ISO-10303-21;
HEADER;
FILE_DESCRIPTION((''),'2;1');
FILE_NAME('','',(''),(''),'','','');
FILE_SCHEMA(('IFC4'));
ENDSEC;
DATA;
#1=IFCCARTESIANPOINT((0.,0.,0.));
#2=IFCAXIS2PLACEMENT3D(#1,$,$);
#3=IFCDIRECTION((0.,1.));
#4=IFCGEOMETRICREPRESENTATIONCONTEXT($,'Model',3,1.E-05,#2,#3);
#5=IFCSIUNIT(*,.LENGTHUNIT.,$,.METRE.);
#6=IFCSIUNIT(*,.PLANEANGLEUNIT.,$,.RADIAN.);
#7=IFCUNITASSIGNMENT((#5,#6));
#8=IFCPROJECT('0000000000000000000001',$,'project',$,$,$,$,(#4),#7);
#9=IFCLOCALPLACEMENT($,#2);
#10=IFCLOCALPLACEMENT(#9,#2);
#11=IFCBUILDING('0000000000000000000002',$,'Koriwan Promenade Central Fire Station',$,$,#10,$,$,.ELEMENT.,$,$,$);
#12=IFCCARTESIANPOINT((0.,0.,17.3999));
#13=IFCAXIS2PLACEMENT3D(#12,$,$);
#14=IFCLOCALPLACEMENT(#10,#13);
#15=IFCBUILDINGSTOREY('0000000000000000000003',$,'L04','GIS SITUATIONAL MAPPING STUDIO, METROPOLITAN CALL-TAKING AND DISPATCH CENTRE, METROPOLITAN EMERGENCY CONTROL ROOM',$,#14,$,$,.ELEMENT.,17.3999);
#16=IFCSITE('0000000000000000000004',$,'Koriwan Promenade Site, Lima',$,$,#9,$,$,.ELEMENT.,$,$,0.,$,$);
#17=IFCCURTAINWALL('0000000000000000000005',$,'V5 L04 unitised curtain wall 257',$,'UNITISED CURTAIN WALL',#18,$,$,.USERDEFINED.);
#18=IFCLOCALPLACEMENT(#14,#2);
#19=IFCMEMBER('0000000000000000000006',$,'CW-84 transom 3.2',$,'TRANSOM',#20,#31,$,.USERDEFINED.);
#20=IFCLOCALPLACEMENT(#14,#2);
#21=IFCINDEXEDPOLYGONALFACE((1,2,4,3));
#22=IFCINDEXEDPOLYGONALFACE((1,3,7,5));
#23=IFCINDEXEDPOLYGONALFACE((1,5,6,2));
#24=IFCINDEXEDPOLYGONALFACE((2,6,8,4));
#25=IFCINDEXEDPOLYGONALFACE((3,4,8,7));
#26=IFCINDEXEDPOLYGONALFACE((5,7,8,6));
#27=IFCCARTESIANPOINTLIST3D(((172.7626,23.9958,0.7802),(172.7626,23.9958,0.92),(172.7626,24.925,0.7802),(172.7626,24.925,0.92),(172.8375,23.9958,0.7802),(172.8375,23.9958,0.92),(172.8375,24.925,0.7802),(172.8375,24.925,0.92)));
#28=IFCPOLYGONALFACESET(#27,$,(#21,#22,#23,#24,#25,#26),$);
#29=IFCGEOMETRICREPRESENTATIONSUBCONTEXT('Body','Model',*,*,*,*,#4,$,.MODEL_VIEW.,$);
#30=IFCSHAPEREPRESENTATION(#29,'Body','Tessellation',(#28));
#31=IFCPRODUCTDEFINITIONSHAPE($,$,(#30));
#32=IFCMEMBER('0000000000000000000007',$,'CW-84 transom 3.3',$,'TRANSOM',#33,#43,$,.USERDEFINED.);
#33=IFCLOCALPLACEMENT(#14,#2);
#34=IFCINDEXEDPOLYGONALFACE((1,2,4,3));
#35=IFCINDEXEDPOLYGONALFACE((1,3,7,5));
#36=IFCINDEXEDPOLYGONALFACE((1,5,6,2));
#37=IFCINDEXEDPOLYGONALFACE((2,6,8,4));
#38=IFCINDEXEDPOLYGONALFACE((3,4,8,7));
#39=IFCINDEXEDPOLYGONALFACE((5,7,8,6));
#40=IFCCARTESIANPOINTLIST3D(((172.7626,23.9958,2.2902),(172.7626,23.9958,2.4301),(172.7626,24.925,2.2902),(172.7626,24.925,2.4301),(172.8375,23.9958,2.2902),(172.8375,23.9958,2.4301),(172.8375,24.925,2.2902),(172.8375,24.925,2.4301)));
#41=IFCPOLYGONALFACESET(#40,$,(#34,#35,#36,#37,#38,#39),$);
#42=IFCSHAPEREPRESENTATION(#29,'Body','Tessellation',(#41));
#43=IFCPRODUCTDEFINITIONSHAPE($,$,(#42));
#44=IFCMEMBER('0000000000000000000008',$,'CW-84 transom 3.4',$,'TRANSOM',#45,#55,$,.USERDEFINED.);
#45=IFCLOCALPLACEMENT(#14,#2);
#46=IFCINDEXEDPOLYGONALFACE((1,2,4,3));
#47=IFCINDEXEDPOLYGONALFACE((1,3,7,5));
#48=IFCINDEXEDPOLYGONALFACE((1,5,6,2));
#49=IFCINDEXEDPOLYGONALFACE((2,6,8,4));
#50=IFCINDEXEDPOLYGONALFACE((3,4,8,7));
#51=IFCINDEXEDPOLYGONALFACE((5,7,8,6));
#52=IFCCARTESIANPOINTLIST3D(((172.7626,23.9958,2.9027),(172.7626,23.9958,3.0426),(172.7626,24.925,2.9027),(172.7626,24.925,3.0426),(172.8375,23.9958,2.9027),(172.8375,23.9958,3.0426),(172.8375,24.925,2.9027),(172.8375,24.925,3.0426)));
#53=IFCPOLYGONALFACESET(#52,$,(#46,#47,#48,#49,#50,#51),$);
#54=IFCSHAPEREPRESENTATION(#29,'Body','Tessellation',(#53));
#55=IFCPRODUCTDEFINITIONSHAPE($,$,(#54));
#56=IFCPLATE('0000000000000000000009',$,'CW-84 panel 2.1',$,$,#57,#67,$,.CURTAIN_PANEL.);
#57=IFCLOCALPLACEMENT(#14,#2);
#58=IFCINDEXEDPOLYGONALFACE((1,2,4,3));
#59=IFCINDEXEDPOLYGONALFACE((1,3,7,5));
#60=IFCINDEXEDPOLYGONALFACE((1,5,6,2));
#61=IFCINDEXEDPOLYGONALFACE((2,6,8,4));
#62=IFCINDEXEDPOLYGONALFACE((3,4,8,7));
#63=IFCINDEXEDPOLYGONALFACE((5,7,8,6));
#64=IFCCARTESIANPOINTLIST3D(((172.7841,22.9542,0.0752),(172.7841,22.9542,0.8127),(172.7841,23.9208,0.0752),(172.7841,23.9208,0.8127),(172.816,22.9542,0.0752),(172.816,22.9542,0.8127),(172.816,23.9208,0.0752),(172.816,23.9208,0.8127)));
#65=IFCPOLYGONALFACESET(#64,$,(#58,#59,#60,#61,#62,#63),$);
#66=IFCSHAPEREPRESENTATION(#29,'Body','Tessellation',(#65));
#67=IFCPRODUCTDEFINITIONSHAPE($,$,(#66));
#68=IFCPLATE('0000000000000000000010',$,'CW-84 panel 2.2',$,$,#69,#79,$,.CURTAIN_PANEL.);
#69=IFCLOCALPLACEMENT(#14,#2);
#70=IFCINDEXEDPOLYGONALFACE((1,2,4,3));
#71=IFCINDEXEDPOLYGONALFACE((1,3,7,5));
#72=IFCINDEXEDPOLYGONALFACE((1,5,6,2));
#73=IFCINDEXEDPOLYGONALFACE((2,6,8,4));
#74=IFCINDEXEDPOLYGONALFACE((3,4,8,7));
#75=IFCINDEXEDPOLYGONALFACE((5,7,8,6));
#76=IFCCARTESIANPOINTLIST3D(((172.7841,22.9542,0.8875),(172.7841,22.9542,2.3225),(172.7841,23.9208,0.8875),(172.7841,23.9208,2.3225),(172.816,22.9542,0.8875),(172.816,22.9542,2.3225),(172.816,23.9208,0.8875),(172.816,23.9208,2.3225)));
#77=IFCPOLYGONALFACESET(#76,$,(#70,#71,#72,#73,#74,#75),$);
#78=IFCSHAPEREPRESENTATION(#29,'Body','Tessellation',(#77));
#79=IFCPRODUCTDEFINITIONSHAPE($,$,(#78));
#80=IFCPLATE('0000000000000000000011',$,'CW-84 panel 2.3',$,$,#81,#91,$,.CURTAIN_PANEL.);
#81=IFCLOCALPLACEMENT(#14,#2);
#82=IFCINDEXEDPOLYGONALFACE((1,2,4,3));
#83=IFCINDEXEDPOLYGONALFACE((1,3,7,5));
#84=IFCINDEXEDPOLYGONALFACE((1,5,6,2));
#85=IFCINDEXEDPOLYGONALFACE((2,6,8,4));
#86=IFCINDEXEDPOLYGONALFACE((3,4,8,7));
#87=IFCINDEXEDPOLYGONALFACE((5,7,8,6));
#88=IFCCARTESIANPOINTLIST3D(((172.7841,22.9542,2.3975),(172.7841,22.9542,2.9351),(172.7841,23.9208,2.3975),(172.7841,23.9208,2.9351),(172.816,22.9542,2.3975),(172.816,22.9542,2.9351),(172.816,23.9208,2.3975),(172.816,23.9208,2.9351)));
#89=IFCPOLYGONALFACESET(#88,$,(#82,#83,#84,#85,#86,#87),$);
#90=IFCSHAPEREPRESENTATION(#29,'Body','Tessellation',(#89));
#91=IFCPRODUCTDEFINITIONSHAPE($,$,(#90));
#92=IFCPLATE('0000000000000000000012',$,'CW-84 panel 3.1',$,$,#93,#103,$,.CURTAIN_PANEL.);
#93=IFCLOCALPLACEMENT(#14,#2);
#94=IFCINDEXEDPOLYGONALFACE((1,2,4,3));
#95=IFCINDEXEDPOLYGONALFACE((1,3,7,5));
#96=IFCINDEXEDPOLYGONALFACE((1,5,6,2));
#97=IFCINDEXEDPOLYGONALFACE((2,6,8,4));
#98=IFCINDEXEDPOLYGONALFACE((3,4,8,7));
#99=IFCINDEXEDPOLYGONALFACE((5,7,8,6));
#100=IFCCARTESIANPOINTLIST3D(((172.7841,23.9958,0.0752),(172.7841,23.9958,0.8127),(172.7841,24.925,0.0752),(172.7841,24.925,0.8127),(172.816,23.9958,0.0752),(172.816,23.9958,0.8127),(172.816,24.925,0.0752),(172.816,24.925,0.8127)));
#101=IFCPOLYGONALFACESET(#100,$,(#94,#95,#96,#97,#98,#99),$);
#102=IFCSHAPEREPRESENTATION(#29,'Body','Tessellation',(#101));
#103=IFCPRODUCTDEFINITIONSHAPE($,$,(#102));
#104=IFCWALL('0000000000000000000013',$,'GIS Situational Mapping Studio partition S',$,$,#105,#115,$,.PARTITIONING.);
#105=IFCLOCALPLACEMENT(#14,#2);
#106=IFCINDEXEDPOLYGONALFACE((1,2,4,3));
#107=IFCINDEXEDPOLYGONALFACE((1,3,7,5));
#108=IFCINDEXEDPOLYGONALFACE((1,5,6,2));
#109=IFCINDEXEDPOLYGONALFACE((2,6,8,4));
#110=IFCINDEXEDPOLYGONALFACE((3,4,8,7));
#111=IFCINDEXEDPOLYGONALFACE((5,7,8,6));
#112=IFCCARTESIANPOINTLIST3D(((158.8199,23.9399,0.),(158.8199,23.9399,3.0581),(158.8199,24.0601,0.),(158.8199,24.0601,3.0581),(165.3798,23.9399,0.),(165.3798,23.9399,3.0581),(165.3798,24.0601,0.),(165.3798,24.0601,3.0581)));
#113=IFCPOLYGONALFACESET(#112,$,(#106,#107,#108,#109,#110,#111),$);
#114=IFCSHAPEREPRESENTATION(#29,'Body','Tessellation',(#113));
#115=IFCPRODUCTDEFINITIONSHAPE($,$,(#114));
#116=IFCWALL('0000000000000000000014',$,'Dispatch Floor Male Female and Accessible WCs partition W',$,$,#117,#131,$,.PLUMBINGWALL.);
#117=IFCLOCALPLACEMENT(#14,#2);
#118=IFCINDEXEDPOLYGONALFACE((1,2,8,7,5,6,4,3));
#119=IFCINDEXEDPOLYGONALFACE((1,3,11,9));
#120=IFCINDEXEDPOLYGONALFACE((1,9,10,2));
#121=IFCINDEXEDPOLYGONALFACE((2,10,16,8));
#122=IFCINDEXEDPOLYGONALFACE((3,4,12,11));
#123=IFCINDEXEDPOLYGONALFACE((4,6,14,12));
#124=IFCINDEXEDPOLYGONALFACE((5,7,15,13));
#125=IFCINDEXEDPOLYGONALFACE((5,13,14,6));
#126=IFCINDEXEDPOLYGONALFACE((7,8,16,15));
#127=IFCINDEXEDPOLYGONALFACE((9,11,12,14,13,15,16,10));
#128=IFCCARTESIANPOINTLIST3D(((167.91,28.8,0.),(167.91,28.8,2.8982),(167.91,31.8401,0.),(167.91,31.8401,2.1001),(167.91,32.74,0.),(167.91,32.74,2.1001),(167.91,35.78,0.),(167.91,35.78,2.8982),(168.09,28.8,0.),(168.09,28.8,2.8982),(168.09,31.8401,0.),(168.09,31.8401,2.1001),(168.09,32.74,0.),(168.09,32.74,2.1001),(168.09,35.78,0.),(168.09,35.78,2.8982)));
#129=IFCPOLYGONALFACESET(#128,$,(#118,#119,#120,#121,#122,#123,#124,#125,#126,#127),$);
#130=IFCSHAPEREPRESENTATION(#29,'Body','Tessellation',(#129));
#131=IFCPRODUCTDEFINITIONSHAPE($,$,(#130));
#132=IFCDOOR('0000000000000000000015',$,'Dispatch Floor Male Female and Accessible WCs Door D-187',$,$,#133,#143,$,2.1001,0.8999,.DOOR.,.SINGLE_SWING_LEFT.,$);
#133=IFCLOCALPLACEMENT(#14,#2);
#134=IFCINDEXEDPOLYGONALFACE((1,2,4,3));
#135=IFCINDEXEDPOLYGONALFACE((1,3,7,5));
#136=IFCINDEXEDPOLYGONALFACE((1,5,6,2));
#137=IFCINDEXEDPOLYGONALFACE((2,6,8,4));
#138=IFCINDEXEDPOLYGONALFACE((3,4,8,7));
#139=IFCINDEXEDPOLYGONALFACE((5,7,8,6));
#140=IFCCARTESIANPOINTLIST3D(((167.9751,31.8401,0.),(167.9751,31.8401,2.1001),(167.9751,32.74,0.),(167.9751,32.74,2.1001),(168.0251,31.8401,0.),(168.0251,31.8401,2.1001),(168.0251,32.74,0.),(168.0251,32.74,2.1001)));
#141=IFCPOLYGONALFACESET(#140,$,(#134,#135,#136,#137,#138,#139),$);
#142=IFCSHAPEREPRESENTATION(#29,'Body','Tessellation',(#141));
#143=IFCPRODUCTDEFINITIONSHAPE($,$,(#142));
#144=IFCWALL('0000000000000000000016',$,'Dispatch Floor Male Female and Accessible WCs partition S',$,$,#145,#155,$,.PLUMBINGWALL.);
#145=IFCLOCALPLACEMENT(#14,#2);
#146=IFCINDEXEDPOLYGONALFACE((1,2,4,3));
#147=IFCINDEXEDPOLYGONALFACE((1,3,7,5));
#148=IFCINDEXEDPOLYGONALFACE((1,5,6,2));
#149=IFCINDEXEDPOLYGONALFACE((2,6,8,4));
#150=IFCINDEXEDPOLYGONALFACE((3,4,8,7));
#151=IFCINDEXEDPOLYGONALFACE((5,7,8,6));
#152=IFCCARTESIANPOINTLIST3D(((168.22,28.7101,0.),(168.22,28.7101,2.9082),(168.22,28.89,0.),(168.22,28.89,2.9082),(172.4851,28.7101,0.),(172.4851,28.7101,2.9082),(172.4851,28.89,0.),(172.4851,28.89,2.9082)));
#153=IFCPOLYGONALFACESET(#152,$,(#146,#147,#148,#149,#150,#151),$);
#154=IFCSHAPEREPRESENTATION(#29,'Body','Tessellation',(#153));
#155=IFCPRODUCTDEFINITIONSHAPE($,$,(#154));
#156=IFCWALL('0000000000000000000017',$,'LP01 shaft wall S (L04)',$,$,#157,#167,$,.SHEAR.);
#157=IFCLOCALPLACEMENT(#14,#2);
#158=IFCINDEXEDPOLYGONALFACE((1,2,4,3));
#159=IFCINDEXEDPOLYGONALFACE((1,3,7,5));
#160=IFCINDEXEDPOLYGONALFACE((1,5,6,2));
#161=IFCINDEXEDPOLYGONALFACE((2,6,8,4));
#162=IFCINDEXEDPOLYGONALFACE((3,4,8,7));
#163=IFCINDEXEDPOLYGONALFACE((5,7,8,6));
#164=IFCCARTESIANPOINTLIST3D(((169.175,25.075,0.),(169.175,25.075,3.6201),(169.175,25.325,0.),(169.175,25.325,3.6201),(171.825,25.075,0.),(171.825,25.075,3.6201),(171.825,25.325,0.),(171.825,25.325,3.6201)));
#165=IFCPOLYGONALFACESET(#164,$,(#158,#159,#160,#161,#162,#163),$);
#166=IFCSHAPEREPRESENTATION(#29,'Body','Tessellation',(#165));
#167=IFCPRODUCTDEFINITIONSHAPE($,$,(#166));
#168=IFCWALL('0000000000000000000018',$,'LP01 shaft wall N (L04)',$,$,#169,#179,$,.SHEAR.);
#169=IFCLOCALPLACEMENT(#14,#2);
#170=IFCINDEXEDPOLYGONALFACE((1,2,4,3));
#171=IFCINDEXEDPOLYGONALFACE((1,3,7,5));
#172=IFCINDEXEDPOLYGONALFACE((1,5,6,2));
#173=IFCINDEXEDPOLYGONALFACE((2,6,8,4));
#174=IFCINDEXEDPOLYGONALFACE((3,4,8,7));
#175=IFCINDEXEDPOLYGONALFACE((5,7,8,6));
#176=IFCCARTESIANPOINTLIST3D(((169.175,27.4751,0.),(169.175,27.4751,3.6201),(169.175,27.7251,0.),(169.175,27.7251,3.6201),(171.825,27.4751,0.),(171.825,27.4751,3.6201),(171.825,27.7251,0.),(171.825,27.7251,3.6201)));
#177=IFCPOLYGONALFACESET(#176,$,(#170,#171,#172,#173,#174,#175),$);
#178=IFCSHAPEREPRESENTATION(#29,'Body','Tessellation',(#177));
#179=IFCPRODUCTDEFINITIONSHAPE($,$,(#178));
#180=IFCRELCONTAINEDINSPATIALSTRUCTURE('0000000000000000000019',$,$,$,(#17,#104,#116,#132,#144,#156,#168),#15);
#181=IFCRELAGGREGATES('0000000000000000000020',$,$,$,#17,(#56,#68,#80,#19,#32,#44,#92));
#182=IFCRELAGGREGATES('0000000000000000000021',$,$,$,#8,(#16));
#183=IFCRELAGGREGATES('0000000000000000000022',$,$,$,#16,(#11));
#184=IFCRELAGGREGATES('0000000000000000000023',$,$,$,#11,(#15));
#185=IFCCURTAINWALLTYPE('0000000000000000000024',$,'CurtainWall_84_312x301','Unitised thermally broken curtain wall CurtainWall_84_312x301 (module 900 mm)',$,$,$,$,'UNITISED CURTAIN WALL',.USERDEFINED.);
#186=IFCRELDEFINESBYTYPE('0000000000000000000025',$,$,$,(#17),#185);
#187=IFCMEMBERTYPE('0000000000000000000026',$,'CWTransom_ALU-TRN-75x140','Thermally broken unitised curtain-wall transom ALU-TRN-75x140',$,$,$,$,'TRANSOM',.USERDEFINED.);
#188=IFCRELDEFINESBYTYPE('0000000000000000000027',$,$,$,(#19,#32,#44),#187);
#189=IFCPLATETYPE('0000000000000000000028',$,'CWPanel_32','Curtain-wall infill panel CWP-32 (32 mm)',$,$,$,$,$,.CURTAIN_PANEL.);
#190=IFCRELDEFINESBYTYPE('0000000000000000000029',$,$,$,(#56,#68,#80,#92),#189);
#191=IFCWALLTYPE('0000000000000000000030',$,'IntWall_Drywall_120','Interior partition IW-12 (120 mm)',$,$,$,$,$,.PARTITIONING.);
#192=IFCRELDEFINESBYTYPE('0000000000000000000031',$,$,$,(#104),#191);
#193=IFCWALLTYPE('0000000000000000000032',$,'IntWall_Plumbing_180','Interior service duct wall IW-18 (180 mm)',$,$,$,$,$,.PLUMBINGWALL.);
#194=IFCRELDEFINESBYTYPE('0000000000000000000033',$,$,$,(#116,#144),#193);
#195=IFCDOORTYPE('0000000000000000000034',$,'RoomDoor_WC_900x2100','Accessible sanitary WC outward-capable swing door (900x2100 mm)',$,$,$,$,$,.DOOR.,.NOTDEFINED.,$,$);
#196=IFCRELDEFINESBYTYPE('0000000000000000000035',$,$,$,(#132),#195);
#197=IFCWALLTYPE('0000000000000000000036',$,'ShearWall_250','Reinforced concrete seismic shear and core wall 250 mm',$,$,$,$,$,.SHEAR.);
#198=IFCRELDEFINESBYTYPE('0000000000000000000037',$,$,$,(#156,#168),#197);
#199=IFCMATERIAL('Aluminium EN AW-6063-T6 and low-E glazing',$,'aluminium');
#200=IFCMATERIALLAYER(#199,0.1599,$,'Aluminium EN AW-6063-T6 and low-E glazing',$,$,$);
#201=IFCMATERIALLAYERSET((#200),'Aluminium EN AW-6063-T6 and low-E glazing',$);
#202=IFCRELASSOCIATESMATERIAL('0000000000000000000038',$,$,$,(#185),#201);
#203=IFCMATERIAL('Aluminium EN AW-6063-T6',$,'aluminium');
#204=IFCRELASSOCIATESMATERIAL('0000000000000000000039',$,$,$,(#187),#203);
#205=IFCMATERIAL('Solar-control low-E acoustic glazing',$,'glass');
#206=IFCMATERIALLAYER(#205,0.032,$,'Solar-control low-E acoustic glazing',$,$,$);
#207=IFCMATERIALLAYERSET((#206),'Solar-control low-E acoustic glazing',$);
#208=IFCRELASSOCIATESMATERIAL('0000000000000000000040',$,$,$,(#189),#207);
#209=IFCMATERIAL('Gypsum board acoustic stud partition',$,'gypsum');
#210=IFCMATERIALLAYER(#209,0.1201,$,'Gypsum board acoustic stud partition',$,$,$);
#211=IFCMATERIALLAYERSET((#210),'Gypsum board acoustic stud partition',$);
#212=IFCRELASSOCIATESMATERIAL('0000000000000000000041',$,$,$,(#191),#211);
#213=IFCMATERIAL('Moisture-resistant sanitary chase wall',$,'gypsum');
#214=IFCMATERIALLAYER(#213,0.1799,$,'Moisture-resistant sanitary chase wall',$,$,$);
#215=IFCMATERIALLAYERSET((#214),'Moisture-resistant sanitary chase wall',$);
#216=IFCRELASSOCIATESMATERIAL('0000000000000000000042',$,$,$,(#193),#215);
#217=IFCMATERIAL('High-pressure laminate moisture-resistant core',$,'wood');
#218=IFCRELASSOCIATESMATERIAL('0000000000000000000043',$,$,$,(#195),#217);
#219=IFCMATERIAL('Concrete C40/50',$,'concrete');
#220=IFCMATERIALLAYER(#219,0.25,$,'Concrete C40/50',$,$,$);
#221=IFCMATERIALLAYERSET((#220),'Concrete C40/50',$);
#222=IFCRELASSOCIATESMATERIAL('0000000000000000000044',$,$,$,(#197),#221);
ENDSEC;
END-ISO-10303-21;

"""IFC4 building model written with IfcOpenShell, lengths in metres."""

from ifc_helpers import new_model, si_unit, direction, frame, frame_2d, origin, origin_2d, place, context, subcontext, project, spatial, rectangle, extrude, material, layer, layer_set, material_profile, profile_set, type_object, element, fill, aggregate, save


model = new_model("IFC4")

# Units and contexts
model_context = context("Model", 3, precision=1e-05, world=origin(), true_north=direction((0.0, 1.0)))
body_context = subcontext(model_context, "Body", "Model", "MODEL_VIEW")
ifc_project = project(units=[si_unit("LENGTHUNIT", "METRE"), si_unit("PLANEANGLEUNIT", "RADIAN")], contexts=[model_context])

# Site, building, storey
site_placement = place(None, origin())
site = spatial("IfcSite", under=ifc_project, at=site_placement, Name="Koriwan Promenade Site, Lima", CompositionType="ELEMENT", RefElevation=0.0)
building_placement = place(site_placement, origin())
building = spatial("IfcBuilding", under=site, at=building_placement, Name="Koriwan Promenade Central Fire Station", CompositionType="ELEMENT")
storey_placement = place(building_placement, frame((0.0, 0.0, 17.3999)))
storey = spatial("IfcBuildingStorey", under=building, at=storey_placement, Name="L04", Description="GIS SITUATIONAL MAPPING STUDIO, METROPOLITAN CALL-TAKING AND DISPATCH CENTRE, METROPOLITAN EMERGENCY CONTROL ROOM", CompositionType="ELEMENT", Elevation=17.3999)

# Shared definitions
ifc_material_1 = material(Name="Concrete C40/50", Category="concrete")

# Curtain wall, members, plates
ifc_material_2 = material(Name="Aluminium EN AW-6063-T6 and low-E glazing", Category="aluminium")
ifc_layer_1 = layer(ifc_material_2, 0.1599, Name="Aluminium EN AW-6063-T6 and low-E glazing")
ifc_layer_set_1 = layer_set([ifc_layer_1], Name="Aluminium EN AW-6063-T6 and low-E glazing")
curtain_wall_type = type_object("IfcCurtainWallType", Name="CurtainWall_84_312x301", Description="Unitised thermally broken curtain wall CurtainWall_84_312x301 (module 900 mm)", ElementType="UNITISED CURTAIN WALL", PredefinedType="USERDEFINED", material=ifc_layer_set_1)
curtain_wall_placement = place(storey_placement, origin())
curtain_wall = element("IfcCurtainWall", 1, at=curtain_wall_placement, inside=storey, type_object=curtain_wall_type, Name="V5 L04 unitised curtain wall 257", ObjectType="UNITISED CURTAIN WALL", PredefinedType="USERDEFINED")
ifc_material_3 = material(Name="Aluminium EN AW-6063-T6", Category="aluminium")
ifc_material_profile_1 = material_profile(ifc_material_3, rectangle(XDim=0.075, YDim=0.1399, at=origin_2d()), Name="ALU-TRN-75x140")
ifc_profile_set_1 = profile_set([ifc_material_profile_1], Name="Aluminium EN AW-6063-T6")
member_type_1 = type_object("IfcMemberType", Name="CWTransom_ALU-TRN-75x140", Description="Thermally broken unitised curtain-wall transom ALU-TRN-75x140", ElementType="TRANSOM", PredefinedType="USERDEFINED", material=ifc_profile_set_1)
member_1_placement = place(storey_placement, frame((172.8, 23.9958, 0.8501), z_axis=(0.0, 1.0, 0.0), x_axis=(-1.0, 0.0, 0.0)))
member_1 = element("IfcMember", 2, at=member_1_placement, type_object=member_type_1, Name="CW-84 transom 3.2", ObjectType="TRANSOM", PredefinedType="USERDEFINED", context=body_context, shape_type="SweptSolid", body=[
    extrude(rectangle(XDim=0.075, YDim=0.1399, at=origin_2d()), origin(), (0.0, 0.0, 1.0), 0.9292),
])
member_2_placement = place(storey_placement, frame((172.8, 23.9958, 2.3601), z_axis=(0.0, 1.0, 0.0), x_axis=(-1.0, 0.0, 0.0)))
member_2 = element("IfcMember", 3, at=member_2_placement, type_object=member_type_1, Name="CW-84 transom 3.3", ObjectType="TRANSOM", PredefinedType="USERDEFINED", context=body_context, shape_type="SweptSolid", body=[
    extrude(rectangle(XDim=0.075, YDim=0.1399, at=origin_2d()), origin(), (0.0, 0.0, 1.0), 0.9292),
])
member_3_placement = place(storey_placement, frame((172.8, 23.9958, 2.9727), z_axis=(0.0, 1.0, 0.0), x_axis=(-1.0, 0.0, 0.0)))
member_3 = element("IfcMember", 4, at=member_3_placement, type_object=member_type_1, Name="CW-84 transom 3.4", ObjectType="TRANSOM", PredefinedType="USERDEFINED", context=body_context, shape_type="SweptSolid", body=[
    extrude(rectangle(XDim=0.075, YDim=0.1399, at=origin_2d()), origin(), (0.0, 0.0, 1.0), 0.9292),
])
ifc_material_4 = material(Name="Solar-control low-E acoustic glazing", Category="glass")
ifc_layer_2 = layer(ifc_material_4, 0.032, Name="Solar-control low-E acoustic glazing")
ifc_layer_set_2 = layer_set([ifc_layer_2], Name="Solar-control low-E acoustic glazing")
plate_type = type_object("IfcPlateType", Name="CWPanel_32", Description="Curtain-wall infill panel CWP-32 (32 mm)", PredefinedType="CURTAIN_PANEL", material=ifc_layer_set_2)
plate_1_placement = place(storey_placement, frame((172.8, 23.4375, 0.0752), z_axis=(0.0, 0.0, 1.0), x_axis=(0.0, 1.0, 0.0)))
plate_1 = element("IfcPlate", 5, at=plate_1_placement, type_object=plate_type, Name="CW-84 panel 2.1", PredefinedType="CURTAIN_PANEL", context=body_context, shape_type="SweptSolid", body=[
    extrude(rectangle(XDim=0.9666, YDim=0.032, at=origin_2d()), origin(), (0.0, 0.0, 1.0), 0.7375),
])
plate_2_placement = place(storey_placement, frame((172.8, 23.4375, 0.8875), z_axis=(0.0, 0.0, 1.0), x_axis=(0.0, 1.0, 0.0)))
plate_2 = element("IfcPlate", 6, at=plate_2_placement, type_object=plate_type, Name="CW-84 panel 2.2", PredefinedType="CURTAIN_PANEL", context=body_context, shape_type="SweptSolid", body=[
    extrude(rectangle(XDim=0.9666, YDim=0.032, at=origin_2d()), origin(), (0.0, 0.0, 1.0), 1.4351),
])
plate_3_placement = place(storey_placement, frame((172.8, 23.4375, 2.3975), z_axis=(0.0, 0.0, 1.0), x_axis=(0.0, 1.0, 0.0)))
plate_3 = element("IfcPlate", 7, at=plate_3_placement, type_object=plate_type, Name="CW-84 panel 2.3", PredefinedType="CURTAIN_PANEL", context=body_context, shape_type="SweptSolid", body=[
    extrude(rectangle(XDim=0.9666, YDim=0.032, at=origin_2d()), origin(), (0.0, 0.0, 1.0), 0.5376),
])
plate_4_placement = place(storey_placement, frame((172.8, 24.4604, 0.0752), z_axis=(0.0, 0.0, 1.0), x_axis=(0.0, 1.0, 0.0)))
plate_4 = element("IfcPlate", 8, at=plate_4_placement, type_object=plate_type, Name="CW-84 panel 3.1", PredefinedType="CURTAIN_PANEL", context=body_context, shape_type="SweptSolid", body=[
    extrude(rectangle(XDim=0.9292, YDim=0.032, at=origin_2d()), origin(), (0.0, 0.0, 1.0), 0.7375),
])
aggregate(curtain_wall, [plate_1, plate_2, plate_3, member_1, member_2, member_3, plate_4])

# Shared definitions
ifc_material_5 = material(Name="Gypsum board acoustic stud partition", Category="gypsum")
ifc_layer_3 = layer(ifc_material_5, 0.1201, Name="Gypsum board acoustic stud partition")
ifc_layer_set_3 = layer_set([ifc_layer_3], Name="Gypsum board acoustic stud partition")
wall_type_1 = type_object("IfcWallType", Name="IntWall_Drywall_120", Description="Interior partition IW-12 (120 mm)", PredefinedType="PARTITIONING", material=ifc_layer_set_3)

# Wall
wall_1_placement = place(storey_placement, frame((158.8201, 24.0, 0.0), z_axis=(0.0, 0.0, 1.0), x_axis=(1.0, 0.0, 0.0)))
element("IfcWall", 9, at=wall_1_placement, inside=storey, type_object=wall_type_1, Name="GIS Situational Mapping Studio partition S", PredefinedType="PARTITIONING", context=body_context, shape_type="SweptSolid", body=[
    extrude(rectangle(XDim=6.5598, YDim=0.1201, at=frame_2d((3.2798, 0.0))), origin(), (0.0, 0.0, 1.0), 3.0581),
])

# Wall, opening, door
ifc_material_6 = material(Name="Moisture-resistant sanitary chase wall", Category="gypsum")
ifc_layer_4 = layer(ifc_material_6, 0.1799, Name="Moisture-resistant sanitary chase wall")
ifc_layer_set_4 = layer_set([ifc_layer_4], Name="Moisture-resistant sanitary chase wall")
wall_type_2 = type_object("IfcWallType", Name="IntWall_Plumbing_180", Description="Interior service duct wall IW-18 (180 mm)", PredefinedType="PLUMBINGWALL", material=ifc_layer_set_4)
wall_2_placement = place(storey_placement, frame((168.0, 28.8, 0.0), z_axis=(0.0, 0.0, 1.0), x_axis=(0.0, 1.0, 0.0)))
wall_2 = element("IfcWall", 10, at=wall_2_placement, inside=storey, type_object=wall_type_2, Name="Dispatch Floor Male Female and Accessible WCs partition W", PredefinedType="PLUMBINGWALL", context=body_context, shape_type="SweptSolid", body=[
    extrude(rectangle(XDim=6.98, YDim=0.1799, at=frame_2d((3.49, 0.0))), origin(), (0.0, 0.0, 1.0), 2.8982),
])
opening_1_placement = place(wall_2_placement, frame((3.04, 0.0, 0.0)))
opening_1 = element("IfcOpeningElement", 11, at=opening_1_placement, cuts=wall_2, PredefinedType="OPENING", context=body_context, shape_type="SweptSolid", body=[
    extrude(rectangle(XDim=0.8999, YDim=2.1001, at=frame_2d((0.45, 1.05))), frame((0.0, 0.1021, 0.0), z_axis=(0.0, -1.0, 0.0), x_axis=(1.0, 0.0, 0.0)), (0.0, 0.0, 1.0), 0.2039),
])
ifc_material_7 = material(Name="High-pressure laminate moisture-resistant core", Category="wood")
door_type_1 = type_object("IfcDoorType", Name="RoomDoor_WC_900x2100", Description="Accessible sanitary WC outward-capable swing door (900x2100 mm)", OperationType="NOTDEFINED", PredefinedType="DOOR", material=ifc_material_7)
door_1_placement = place(opening_1_placement, origin())
door_1 = element("IfcDoor", 12, at=door_1_placement, inside=storey, type_object=door_type_1, Name="Dispatch Floor Male Female and Accessible WCs Door D-187", OperationType="SINGLE_SWING_LEFT", OverallHeight=2.1001, OverallWidth=0.8999, PredefinedType="DOOR", context=body_context, shape_type="SweptSolid", body=[
    extrude(rectangle(XDim=0.8999, YDim=2.1001, at=frame_2d((0.45, 1.05))), frame((0.0, 0.0249, 0.0), z_axis=(0.0, -1.0, 0.0), x_axis=(1.0, 0.0, 0.0)), (0.0, 0.0, 1.0), 0.05),
])
fill(opening_1, door_1)

# Walls
wall_3_placement = place(storey_placement, frame((168.22, 28.8, 0.0), z_axis=(0.0, 0.0, 1.0), x_axis=(1.0, 0.0, 0.0)))
element("IfcWall", 13, at=wall_3_placement, inside=storey, type_object=wall_type_2, Name="Dispatch Floor Male Female and Accessible WCs partition S", PredefinedType="PLUMBINGWALL", context=body_context, shape_type="SweptSolid", body=[
    extrude(rectangle(XDim=4.2651, YDim=0.1799, at=frame_2d((2.1326, 0.0))), origin(), (0.0, 0.0, 1.0), 2.9082),
])
ifc_layer_5 = layer(ifc_material_1, 0.25, Name="Concrete C40/50")
ifc_layer_set_5 = layer_set([ifc_layer_5], Name="Concrete C40/50")
wall_type_3 = type_object("IfcWallType", Name="ShearWall_250", Description="Reinforced concrete seismic shear and core wall 250 mm", PredefinedType="SHEAR", material=ifc_layer_set_5)
for number, where, z_axis, x_axis, name in (
    (14, (169.175, 25.2, 0.0), (0.0, 0.0, 1.0), (1.0, 0.0, 0.0), "LP01 shaft wall S (L04)"),
    (15, (169.175, 27.6001, 0.0), (0.0, 0.0, 1.0), (1.0, 0.0, 0.0), "LP01 shaft wall N (L04)"),
):
    element("IfcWall", number, at=place(storey_placement, frame(where, z_axis=z_axis, x_axis=x_axis)), inside=storey, type_object=wall_type_3, Name=name, PredefinedType="SHEAR", context=body_context, shape_type="SweptSolid", body=[
        extrude(rectangle(XDim=2.6499, YDim=0.25, at=frame_2d((1.325, 0.0))), origin(), (0.0, 0.0, 1.0), 3.6201),
    ])

save(model, "model.ifc")
